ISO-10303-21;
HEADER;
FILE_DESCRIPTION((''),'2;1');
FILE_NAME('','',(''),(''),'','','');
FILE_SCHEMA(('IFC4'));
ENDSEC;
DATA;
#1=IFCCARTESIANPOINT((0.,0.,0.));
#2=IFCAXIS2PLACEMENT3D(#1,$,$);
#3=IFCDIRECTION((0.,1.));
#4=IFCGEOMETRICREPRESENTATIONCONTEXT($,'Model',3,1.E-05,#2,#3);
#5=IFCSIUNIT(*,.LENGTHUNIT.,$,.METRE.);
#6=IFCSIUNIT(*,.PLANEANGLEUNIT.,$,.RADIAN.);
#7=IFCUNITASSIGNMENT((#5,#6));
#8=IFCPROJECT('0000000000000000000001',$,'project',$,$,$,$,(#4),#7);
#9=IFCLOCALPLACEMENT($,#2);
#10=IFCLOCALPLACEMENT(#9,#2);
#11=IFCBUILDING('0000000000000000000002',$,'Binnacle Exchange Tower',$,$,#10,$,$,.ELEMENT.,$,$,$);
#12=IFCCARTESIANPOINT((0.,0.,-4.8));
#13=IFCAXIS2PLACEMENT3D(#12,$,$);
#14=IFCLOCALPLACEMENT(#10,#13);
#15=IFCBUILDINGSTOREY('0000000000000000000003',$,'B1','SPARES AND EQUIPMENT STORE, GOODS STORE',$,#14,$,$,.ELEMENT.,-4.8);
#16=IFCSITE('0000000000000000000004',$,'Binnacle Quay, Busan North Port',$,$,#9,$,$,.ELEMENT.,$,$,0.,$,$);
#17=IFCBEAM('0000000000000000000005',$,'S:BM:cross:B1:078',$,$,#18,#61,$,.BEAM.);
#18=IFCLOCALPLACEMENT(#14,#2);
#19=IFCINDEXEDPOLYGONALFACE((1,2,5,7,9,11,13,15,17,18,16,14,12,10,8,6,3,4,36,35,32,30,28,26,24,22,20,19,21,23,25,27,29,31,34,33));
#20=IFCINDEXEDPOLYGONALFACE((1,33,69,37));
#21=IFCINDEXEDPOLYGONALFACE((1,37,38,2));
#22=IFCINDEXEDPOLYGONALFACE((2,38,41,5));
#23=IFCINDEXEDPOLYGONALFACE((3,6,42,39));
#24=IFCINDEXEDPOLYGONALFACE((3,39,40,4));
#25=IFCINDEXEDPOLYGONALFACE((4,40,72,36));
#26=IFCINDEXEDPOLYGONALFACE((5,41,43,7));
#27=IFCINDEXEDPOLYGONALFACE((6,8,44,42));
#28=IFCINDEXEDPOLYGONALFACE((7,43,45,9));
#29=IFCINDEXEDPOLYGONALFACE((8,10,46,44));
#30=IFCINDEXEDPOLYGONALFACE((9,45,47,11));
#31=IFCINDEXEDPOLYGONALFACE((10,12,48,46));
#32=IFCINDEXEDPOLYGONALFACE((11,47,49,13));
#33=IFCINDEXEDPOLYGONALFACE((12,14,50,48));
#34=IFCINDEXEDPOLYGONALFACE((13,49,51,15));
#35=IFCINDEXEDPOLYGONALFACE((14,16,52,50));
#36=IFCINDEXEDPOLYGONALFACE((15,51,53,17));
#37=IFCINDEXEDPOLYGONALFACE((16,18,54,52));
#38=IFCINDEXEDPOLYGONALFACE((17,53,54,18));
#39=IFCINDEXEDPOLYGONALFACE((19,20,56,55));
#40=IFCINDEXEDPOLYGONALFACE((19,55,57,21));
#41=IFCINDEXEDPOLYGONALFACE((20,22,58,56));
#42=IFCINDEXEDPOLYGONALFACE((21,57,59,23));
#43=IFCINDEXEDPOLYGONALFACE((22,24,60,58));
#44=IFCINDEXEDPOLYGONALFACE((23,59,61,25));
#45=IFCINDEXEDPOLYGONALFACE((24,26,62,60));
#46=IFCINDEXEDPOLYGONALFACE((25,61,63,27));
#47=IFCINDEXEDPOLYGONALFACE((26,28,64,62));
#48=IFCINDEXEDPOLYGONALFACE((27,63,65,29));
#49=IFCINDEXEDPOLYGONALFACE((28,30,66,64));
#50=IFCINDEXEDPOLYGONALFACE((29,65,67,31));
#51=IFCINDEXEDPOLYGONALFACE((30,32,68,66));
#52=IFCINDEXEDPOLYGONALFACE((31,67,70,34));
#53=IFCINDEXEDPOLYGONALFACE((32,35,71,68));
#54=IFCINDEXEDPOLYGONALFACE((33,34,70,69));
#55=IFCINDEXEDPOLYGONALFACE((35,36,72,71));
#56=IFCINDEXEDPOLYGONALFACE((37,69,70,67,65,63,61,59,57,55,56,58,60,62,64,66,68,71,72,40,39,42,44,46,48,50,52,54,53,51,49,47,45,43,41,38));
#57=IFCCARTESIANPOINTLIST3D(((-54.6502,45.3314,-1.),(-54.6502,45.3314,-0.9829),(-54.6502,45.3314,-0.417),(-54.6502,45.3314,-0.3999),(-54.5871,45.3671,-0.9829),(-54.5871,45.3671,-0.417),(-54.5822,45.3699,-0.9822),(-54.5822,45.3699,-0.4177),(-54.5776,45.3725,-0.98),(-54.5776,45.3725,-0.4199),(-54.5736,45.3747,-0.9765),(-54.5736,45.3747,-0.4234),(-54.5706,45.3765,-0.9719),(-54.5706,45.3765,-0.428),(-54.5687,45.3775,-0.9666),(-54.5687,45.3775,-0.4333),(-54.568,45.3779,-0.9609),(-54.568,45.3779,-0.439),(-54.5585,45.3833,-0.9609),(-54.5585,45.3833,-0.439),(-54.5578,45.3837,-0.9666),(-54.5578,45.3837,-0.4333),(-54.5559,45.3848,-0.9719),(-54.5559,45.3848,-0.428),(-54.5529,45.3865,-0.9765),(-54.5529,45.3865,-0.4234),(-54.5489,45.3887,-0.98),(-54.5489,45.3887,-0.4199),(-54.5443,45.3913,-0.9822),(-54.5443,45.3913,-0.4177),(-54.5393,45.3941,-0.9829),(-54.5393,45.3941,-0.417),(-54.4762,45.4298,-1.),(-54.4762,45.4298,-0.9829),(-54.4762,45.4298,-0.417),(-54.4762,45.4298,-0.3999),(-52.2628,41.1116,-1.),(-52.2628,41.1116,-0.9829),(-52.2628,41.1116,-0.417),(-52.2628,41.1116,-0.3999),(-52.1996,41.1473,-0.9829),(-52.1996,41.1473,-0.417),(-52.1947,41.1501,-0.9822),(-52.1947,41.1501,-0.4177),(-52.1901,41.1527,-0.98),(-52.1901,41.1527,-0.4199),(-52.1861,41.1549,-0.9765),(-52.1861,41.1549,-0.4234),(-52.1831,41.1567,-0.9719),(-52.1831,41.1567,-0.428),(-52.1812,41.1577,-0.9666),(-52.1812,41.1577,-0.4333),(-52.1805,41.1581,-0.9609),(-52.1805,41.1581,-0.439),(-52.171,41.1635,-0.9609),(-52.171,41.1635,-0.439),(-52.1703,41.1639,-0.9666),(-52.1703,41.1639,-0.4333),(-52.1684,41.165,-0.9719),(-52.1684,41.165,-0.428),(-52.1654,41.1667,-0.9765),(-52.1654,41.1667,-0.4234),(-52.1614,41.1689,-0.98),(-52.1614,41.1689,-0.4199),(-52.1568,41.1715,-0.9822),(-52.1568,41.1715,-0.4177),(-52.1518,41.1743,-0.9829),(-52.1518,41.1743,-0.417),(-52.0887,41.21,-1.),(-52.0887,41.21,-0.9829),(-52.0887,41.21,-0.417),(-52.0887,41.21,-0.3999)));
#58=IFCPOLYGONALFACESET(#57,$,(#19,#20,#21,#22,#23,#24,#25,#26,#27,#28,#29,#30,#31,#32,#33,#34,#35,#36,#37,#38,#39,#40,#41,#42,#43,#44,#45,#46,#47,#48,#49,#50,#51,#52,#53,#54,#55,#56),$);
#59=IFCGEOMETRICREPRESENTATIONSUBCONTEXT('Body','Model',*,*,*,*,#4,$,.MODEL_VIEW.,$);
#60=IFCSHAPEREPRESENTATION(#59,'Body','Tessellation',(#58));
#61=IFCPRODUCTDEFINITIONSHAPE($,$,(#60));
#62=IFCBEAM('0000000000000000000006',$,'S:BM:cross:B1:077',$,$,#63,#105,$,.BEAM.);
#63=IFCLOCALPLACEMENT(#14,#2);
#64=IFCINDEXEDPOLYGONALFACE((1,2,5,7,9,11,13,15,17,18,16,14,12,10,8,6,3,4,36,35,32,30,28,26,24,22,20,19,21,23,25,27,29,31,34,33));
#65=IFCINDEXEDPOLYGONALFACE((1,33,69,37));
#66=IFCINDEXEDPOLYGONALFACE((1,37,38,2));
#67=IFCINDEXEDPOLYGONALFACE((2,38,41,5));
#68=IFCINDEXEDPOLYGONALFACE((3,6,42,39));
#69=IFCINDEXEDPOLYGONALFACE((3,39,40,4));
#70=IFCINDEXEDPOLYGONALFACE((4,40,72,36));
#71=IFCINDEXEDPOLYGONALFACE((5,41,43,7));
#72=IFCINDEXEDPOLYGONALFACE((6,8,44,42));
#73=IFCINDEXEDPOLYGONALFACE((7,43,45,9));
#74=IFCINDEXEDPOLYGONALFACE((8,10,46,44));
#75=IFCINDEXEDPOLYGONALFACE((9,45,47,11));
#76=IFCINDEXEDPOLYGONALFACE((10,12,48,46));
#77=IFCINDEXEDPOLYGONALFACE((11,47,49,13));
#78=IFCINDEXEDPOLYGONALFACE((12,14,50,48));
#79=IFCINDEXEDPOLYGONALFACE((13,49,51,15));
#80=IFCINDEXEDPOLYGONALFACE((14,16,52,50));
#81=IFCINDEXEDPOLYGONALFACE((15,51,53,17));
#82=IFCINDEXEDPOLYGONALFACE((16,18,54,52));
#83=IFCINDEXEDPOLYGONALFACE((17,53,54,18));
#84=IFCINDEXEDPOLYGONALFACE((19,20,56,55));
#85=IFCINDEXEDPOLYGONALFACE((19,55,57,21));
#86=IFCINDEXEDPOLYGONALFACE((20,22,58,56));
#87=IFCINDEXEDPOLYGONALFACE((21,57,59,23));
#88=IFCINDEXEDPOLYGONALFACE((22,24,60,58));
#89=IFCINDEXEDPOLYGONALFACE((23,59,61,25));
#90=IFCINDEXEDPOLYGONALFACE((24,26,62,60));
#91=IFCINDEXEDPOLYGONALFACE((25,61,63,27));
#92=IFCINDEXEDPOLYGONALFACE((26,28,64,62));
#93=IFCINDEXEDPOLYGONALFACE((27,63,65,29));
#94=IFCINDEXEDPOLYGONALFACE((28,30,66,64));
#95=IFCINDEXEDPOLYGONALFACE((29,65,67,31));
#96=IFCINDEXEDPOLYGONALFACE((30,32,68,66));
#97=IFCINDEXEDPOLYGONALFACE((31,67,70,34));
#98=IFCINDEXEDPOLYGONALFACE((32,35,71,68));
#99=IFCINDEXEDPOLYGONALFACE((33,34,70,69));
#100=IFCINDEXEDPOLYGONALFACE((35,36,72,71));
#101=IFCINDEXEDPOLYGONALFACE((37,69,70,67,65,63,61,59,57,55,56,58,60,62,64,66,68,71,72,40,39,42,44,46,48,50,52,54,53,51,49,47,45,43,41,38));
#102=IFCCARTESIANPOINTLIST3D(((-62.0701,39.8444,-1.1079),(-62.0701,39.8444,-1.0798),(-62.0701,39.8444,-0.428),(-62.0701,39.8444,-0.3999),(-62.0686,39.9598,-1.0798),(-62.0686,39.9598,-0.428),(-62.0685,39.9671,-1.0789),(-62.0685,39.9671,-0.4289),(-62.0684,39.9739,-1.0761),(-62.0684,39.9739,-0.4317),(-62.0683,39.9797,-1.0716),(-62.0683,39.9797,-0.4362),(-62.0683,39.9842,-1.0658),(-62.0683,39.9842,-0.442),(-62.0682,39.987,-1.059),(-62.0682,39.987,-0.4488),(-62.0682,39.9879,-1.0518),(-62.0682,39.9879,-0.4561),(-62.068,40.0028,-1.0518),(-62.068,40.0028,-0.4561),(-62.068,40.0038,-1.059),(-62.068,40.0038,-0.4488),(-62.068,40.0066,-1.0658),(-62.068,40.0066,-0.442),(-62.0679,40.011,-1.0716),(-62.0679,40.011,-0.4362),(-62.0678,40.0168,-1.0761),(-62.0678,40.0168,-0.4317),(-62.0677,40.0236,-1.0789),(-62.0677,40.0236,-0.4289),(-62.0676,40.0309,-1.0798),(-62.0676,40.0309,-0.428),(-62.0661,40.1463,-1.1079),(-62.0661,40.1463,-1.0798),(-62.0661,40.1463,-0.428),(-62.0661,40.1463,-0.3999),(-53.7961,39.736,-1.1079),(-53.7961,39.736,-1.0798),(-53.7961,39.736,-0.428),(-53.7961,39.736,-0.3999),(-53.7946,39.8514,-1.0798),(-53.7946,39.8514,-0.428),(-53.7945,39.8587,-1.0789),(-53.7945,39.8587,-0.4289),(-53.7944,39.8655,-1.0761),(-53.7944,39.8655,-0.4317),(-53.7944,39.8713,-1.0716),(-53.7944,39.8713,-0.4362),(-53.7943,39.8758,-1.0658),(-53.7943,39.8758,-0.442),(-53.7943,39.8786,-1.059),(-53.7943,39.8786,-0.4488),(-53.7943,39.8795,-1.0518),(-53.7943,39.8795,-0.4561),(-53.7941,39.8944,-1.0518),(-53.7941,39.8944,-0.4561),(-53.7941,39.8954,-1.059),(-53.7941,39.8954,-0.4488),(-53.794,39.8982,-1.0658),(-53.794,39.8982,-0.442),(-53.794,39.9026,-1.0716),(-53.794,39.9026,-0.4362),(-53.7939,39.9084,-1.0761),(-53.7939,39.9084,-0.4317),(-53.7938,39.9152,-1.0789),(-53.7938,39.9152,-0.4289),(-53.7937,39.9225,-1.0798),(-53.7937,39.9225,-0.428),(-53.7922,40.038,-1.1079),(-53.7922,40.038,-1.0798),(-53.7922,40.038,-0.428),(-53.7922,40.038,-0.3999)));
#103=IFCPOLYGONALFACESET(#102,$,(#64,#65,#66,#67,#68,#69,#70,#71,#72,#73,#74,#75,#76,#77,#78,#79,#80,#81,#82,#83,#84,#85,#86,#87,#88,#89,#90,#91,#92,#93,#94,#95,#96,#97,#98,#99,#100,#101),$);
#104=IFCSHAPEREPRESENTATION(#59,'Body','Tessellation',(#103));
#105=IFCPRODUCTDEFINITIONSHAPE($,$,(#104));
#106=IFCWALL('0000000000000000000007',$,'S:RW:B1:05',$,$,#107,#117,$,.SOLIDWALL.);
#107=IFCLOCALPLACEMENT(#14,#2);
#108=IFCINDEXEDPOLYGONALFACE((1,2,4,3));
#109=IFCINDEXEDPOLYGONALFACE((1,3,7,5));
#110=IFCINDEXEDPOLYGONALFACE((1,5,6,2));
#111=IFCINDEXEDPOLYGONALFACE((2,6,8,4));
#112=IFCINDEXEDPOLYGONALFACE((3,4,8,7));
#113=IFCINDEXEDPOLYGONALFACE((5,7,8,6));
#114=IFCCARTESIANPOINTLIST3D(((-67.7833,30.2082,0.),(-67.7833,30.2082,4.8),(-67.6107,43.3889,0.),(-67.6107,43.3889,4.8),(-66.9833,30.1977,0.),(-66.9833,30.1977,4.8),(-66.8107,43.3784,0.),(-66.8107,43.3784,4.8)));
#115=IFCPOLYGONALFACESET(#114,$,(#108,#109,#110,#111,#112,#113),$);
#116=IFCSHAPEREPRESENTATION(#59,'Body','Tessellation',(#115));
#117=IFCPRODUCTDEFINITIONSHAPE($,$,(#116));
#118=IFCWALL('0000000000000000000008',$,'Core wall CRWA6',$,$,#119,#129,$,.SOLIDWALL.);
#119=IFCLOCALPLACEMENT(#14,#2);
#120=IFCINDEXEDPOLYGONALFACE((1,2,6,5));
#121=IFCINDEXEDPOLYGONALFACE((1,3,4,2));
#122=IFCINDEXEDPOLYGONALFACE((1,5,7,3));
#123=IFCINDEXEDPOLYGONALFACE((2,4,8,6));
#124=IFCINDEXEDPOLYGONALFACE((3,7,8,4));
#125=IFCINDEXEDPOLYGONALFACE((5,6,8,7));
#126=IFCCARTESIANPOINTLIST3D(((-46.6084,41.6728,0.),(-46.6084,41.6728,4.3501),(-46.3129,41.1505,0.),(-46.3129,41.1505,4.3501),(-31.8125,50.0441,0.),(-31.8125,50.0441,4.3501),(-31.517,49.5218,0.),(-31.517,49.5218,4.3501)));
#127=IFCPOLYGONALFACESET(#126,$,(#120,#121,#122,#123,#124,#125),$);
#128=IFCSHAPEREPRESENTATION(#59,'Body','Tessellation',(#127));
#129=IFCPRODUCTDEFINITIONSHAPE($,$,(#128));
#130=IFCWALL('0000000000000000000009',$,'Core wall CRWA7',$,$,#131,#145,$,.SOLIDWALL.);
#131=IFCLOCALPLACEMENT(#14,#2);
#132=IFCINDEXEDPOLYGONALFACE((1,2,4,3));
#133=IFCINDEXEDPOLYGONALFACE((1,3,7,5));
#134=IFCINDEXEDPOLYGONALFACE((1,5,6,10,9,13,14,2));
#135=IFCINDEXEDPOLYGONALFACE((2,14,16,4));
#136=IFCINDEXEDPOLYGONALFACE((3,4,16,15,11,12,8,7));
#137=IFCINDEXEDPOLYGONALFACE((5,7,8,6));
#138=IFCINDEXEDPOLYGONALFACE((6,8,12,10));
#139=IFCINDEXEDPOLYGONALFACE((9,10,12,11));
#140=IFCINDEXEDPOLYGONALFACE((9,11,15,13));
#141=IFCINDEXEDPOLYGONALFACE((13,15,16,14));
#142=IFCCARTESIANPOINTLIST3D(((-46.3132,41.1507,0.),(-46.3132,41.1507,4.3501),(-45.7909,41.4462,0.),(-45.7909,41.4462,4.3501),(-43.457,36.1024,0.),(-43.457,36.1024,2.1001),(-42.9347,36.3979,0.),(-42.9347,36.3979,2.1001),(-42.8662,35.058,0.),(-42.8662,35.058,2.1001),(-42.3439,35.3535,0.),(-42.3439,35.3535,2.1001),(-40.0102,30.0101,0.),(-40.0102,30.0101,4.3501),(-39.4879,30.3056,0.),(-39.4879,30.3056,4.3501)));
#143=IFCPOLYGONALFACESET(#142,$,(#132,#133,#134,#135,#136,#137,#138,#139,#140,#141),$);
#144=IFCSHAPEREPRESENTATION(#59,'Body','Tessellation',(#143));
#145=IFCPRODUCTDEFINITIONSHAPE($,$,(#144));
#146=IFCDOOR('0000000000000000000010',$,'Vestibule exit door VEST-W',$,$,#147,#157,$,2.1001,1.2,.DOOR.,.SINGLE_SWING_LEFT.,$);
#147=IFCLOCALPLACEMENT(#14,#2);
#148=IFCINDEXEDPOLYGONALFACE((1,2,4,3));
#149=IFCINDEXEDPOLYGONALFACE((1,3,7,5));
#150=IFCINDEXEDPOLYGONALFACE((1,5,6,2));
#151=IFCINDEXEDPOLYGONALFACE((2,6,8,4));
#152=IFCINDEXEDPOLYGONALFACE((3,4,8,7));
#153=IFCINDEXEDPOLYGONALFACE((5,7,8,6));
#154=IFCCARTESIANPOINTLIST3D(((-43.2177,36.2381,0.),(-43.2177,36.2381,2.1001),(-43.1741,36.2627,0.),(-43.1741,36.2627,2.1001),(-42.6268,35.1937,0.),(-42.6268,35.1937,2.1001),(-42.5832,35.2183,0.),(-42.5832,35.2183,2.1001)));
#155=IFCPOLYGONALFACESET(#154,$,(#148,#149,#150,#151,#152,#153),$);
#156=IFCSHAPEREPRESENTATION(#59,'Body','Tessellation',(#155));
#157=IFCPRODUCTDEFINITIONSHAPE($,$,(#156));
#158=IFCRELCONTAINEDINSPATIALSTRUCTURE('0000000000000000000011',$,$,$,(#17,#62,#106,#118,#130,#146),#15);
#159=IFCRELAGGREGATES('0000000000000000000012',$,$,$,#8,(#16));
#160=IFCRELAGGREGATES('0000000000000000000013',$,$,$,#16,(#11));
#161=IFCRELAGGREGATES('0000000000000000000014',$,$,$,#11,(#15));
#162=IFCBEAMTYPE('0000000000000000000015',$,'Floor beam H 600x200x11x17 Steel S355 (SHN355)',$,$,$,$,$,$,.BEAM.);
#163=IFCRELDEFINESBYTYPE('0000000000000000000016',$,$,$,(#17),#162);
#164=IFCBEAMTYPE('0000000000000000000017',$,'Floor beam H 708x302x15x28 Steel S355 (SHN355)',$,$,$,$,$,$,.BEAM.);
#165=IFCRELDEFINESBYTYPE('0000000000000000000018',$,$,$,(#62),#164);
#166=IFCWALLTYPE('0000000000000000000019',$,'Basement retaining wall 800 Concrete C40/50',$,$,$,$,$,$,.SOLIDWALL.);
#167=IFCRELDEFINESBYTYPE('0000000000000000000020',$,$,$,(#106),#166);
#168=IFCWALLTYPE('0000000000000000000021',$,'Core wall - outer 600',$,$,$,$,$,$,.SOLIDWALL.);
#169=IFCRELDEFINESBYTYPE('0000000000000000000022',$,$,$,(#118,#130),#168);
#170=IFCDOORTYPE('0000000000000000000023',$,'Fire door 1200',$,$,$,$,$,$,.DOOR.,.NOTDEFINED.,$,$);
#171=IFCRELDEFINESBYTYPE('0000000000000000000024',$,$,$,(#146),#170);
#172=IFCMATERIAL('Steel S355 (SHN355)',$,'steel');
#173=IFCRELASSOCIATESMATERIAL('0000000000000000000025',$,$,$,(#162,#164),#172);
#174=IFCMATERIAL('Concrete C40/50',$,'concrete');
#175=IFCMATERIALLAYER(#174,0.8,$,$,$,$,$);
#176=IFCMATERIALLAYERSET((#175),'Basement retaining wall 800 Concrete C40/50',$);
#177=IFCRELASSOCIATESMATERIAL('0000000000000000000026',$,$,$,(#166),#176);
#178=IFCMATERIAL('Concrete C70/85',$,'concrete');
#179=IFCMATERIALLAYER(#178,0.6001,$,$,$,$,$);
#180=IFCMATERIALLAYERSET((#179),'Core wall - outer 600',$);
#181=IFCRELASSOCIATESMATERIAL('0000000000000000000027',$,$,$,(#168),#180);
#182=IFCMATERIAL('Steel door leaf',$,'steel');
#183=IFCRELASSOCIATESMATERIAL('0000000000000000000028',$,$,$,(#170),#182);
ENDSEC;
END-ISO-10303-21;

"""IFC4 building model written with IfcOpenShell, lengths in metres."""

from ifc_helpers import new_model, si_unit, direction, frame, frame_2d, origin, origin_2d, place, context, subcontext, project, spatial, rectangle, i_section, extrude, material, layer, layer_set, material_profile, profile_set, type_object, element, fill, save


model = new_model("IFC4")

# Units and contexts
model_context = context("Model", 3, precision=1e-05, world=origin(), true_north=direction((0.0, 1.0)))
body_context = subcontext(model_context, "Body", "Model", "MODEL_VIEW")
ifc_project = project(units=[si_unit("LENGTHUNIT", "METRE"), si_unit("PLANEANGLEUNIT", "RADIAN")], contexts=[model_context])

# Site, building, storey
site_placement = place(None, origin())
site = spatial("IfcSite", under=ifc_project, at=site_placement, Name="Binnacle Quay, Busan North Port", CompositionType="ELEMENT", RefElevation=0.0)
building_placement = place(site_placement, origin())
building = spatial("IfcBuilding", under=site, at=building_placement, Name="Binnacle Exchange Tower", CompositionType="ELEMENT")
storey_placement = place(building_placement, frame((0.0, 0.0, -4.8)))
storey = spatial("IfcBuildingStorey", under=building, at=storey_placement, Name="B1", Description="SPARES AND EQUIPMENT STORE, GOODS STORE", CompositionType="ELEMENT", Elevation=-4.8)

# Shared definitions
ifc_material_1 = material(Name="Concrete C70/85", Category="concrete")

# Beams
ifc_material_2 = material(Name="Steel S355 (SHN355)", Category="steel")
ifc_material_profile_1 = material_profile(ifc_material_2, i_section(OverallWidth=0.2, OverallDepth=0.6001, WebThickness=0.011, FlangeThickness=0.0171, FilletRadius=0.022, at=origin_2d()), Name="H 600x200x11x17")
ifc_profile_set_1 = profile_set([ifc_material_profile_1], Name="Steel S355 (SHN355)")
beam_type_1 = type_object("IfcBeamType", Name="Floor beam H 600x200x11x17 Steel S355 (SHN355)", PredefinedType="BEAM", material=ifc_profile_set_1)
beam_1_placement = place(storey_placement, frame((-54.5632, 45.3806, -0.7), z_axis=(0.492431, -0.870352, 0.0), x_axis=(0.870352, 0.492431, 0.0)))
element("IfcBeam", 1, at=beam_1_placement, inside=storey, type_object=beam_type_1, Name="S:BM:cross:B1:078", PredefinedType="BEAM", context=body_context, shape_type="SweptSolid", body=[
    extrude(i_section(OverallWidth=0.2, OverallDepth=0.6001, WebThickness=0.011, FlangeThickness=0.0171, FilletRadius=0.022, at=origin_2d()), origin(), (0.0, 0.0, 1.0), 4.8484),
])
ifc_material_profile_2 = material_profile(ifc_material_2, i_section(OverallWidth=0.302, OverallDepth=0.708, WebThickness=0.0149, FlangeThickness=0.0281, FilletRadius=0.0281, at=origin_2d()), Name="H 708x302x15x28")
ifc_profile_set_2 = profile_set([ifc_material_profile_2], Name="Steel S355 (SHN355)")
beam_type_2 = type_object("IfcBeamType", Name="Floor beam H 708x302x15x28 Steel S355 (SHN355)", PredefinedType="BEAM", material=ifc_profile_set_2)
beam_2_placement = place(storey_placement, frame((-62.0681, 39.9954, -0.7539), z_axis=(0.999914, -0.0131, 0.0), x_axis=(0.0131, 0.999914, 0.0)))
element("IfcBeam", 2, at=beam_2_placement, inside=storey, type_object=beam_type_2, Name="S:BM:cross:B1:077", PredefinedType="BEAM", context=body_context, shape_type="SweptSolid", body=[
    extrude(i_section(OverallWidth=0.302, OverallDepth=0.708, WebThickness=0.0149, FlangeThickness=0.0281, FilletRadius=0.0281, at=origin_2d()), origin(), (0.0, 0.0, 1.0), 8.2747),
])

# Walls
ifc_material_3 = material(Name="Concrete C40/50", Category="concrete")
ifc_layer_1 = layer(ifc_material_3, 0.8)
ifc_layer_set_1 = layer_set([ifc_layer_1], Name="Basement retaining wall 800 Concrete C40/50")
wall_type_1 = type_object("IfcWallType", Name="Basement retaining wall 800 Concrete C40/50", PredefinedType="SOLIDWALL", material=ifc_layer_set_1)
wall_1_placement = place(storey_placement, frame((-67.2107, 43.3835, 0.0), z_axis=(0.0, 0.0, 1.0), x_axis=(-0.013094, -0.999914, 0.0)))
element("IfcWall", 3, at=wall_1_placement, inside=storey, type_object=wall_type_1, Name="S:RW:B1:05", PredefinedType="SOLIDWALL", context=body_context, shape_type="SweptSolid", body=[
    extrude(rectangle(XDim=13.1819, YDim=0.8, at=frame_2d((6.5908, 0.0))), origin(), (0.0, 0.0, 1.0), 4.8),
])
ifc_layer_2 = layer(ifc_material_1, 0.6001)
ifc_layer_set_2 = layer_set([ifc_layer_2], Name="Core wall - outer 600")
wall_type_2 = type_object("IfcWallType", Name="Core wall - outer 600", PredefinedType="SOLIDWALL", material=ifc_layer_set_2)
wall_2_placement = place(storey_placement, frame((-46.4607, 41.4116, 0.0), z_axis=(0.0, 0.0, 1.0), x_axis=(0.87035, 0.492433, 0.0)))
element("IfcWall", 4, at=wall_2_placement, inside=storey, type_object=wall_type_2, Name="Core wall CRWA6", PredefinedType="SOLIDWALL", context=body_context, shape_type="SweptSolid", body=[
    extrude(rectangle(XDim=17.0, YDim=0.6001, at=frame_2d((8.5, 0.0))), origin(), (0.0, 0.0, 1.0), 4.3501),
])

# Wall, opening, door
wall_3_placement = place(storey_placement, frame((-46.052, 41.2983, 0.0), z_axis=(0.0, 0.0, 1.0), x_axis=(0.492419, -0.870359, 0.0)))
wall_3 = element("IfcWall", 5, at=wall_3_placement, inside=storey, type_object=wall_type_2, Name="Core wall CRWA7", PredefinedType="SOLIDWALL", context=body_context, shape_type="SweptSolid", body=[
    extrude(rectangle(XDim=12.8, YDim=0.6001, at=frame_2d((6.3999, 0.0))), origin(), (0.0, 0.0, 1.0), 4.3501),
])
opening_1_placement = place(wall_3_placement, frame((5.8, 0.0, 0.0)))
opening_1 = element("IfcOpeningElement", 6, at=opening_1_placement, cuts=wall_3, PredefinedType="OPENING", context=body_context, shape_type="SweptSolid", body=[
    extrude(rectangle(XDim=1.2, YDim=2.1001, at=frame_2d((0.6001, 1.05))), frame((0.0, 0.3101, 0.0), z_axis=(0.0, -1.0, 0.0), x_axis=(1.0, 0.0, 0.0)), (0.0, 0.0, 1.0), 0.6201),
])
ifc_material_4 = material(Name="Steel door leaf", Category="steel")
door_type_1 = type_object("IfcDoorType", Name="Fire door 1200", OperationType="NOTDEFINED", PredefinedType="DOOR", material=ifc_material_4)
door_1_placement = place(opening_1_placement, frame((1.2, 0.0, 0.0), z_axis=(0.0, 0.0, 1.0), x_axis=(-1.0, 0.0, 0.0)))
door_1 = element("IfcDoor", 7, at=door_1_placement, inside=storey, type_object=door_type_1, Name="Vestibule exit door VEST-W", OperationType="SINGLE_SWING_LEFT", OverallHeight=2.1001, OverallWidth=1.2, PredefinedType="DOOR", context=body_context, shape_type="SweptSolid", body=[
    extrude(rectangle(XDim=1.2, YDim=2.1001, at=frame_2d((0.6001, 1.05))), frame((0.0, 0.0249, 0.0), z_axis=(0.0, -1.0, 0.0), x_axis=(1.0, 0.0, 0.0)), (0.0, 0.0, 1.0), 0.05),
])
fill(opening_1, door_1)

save(model, "model.ifc")
